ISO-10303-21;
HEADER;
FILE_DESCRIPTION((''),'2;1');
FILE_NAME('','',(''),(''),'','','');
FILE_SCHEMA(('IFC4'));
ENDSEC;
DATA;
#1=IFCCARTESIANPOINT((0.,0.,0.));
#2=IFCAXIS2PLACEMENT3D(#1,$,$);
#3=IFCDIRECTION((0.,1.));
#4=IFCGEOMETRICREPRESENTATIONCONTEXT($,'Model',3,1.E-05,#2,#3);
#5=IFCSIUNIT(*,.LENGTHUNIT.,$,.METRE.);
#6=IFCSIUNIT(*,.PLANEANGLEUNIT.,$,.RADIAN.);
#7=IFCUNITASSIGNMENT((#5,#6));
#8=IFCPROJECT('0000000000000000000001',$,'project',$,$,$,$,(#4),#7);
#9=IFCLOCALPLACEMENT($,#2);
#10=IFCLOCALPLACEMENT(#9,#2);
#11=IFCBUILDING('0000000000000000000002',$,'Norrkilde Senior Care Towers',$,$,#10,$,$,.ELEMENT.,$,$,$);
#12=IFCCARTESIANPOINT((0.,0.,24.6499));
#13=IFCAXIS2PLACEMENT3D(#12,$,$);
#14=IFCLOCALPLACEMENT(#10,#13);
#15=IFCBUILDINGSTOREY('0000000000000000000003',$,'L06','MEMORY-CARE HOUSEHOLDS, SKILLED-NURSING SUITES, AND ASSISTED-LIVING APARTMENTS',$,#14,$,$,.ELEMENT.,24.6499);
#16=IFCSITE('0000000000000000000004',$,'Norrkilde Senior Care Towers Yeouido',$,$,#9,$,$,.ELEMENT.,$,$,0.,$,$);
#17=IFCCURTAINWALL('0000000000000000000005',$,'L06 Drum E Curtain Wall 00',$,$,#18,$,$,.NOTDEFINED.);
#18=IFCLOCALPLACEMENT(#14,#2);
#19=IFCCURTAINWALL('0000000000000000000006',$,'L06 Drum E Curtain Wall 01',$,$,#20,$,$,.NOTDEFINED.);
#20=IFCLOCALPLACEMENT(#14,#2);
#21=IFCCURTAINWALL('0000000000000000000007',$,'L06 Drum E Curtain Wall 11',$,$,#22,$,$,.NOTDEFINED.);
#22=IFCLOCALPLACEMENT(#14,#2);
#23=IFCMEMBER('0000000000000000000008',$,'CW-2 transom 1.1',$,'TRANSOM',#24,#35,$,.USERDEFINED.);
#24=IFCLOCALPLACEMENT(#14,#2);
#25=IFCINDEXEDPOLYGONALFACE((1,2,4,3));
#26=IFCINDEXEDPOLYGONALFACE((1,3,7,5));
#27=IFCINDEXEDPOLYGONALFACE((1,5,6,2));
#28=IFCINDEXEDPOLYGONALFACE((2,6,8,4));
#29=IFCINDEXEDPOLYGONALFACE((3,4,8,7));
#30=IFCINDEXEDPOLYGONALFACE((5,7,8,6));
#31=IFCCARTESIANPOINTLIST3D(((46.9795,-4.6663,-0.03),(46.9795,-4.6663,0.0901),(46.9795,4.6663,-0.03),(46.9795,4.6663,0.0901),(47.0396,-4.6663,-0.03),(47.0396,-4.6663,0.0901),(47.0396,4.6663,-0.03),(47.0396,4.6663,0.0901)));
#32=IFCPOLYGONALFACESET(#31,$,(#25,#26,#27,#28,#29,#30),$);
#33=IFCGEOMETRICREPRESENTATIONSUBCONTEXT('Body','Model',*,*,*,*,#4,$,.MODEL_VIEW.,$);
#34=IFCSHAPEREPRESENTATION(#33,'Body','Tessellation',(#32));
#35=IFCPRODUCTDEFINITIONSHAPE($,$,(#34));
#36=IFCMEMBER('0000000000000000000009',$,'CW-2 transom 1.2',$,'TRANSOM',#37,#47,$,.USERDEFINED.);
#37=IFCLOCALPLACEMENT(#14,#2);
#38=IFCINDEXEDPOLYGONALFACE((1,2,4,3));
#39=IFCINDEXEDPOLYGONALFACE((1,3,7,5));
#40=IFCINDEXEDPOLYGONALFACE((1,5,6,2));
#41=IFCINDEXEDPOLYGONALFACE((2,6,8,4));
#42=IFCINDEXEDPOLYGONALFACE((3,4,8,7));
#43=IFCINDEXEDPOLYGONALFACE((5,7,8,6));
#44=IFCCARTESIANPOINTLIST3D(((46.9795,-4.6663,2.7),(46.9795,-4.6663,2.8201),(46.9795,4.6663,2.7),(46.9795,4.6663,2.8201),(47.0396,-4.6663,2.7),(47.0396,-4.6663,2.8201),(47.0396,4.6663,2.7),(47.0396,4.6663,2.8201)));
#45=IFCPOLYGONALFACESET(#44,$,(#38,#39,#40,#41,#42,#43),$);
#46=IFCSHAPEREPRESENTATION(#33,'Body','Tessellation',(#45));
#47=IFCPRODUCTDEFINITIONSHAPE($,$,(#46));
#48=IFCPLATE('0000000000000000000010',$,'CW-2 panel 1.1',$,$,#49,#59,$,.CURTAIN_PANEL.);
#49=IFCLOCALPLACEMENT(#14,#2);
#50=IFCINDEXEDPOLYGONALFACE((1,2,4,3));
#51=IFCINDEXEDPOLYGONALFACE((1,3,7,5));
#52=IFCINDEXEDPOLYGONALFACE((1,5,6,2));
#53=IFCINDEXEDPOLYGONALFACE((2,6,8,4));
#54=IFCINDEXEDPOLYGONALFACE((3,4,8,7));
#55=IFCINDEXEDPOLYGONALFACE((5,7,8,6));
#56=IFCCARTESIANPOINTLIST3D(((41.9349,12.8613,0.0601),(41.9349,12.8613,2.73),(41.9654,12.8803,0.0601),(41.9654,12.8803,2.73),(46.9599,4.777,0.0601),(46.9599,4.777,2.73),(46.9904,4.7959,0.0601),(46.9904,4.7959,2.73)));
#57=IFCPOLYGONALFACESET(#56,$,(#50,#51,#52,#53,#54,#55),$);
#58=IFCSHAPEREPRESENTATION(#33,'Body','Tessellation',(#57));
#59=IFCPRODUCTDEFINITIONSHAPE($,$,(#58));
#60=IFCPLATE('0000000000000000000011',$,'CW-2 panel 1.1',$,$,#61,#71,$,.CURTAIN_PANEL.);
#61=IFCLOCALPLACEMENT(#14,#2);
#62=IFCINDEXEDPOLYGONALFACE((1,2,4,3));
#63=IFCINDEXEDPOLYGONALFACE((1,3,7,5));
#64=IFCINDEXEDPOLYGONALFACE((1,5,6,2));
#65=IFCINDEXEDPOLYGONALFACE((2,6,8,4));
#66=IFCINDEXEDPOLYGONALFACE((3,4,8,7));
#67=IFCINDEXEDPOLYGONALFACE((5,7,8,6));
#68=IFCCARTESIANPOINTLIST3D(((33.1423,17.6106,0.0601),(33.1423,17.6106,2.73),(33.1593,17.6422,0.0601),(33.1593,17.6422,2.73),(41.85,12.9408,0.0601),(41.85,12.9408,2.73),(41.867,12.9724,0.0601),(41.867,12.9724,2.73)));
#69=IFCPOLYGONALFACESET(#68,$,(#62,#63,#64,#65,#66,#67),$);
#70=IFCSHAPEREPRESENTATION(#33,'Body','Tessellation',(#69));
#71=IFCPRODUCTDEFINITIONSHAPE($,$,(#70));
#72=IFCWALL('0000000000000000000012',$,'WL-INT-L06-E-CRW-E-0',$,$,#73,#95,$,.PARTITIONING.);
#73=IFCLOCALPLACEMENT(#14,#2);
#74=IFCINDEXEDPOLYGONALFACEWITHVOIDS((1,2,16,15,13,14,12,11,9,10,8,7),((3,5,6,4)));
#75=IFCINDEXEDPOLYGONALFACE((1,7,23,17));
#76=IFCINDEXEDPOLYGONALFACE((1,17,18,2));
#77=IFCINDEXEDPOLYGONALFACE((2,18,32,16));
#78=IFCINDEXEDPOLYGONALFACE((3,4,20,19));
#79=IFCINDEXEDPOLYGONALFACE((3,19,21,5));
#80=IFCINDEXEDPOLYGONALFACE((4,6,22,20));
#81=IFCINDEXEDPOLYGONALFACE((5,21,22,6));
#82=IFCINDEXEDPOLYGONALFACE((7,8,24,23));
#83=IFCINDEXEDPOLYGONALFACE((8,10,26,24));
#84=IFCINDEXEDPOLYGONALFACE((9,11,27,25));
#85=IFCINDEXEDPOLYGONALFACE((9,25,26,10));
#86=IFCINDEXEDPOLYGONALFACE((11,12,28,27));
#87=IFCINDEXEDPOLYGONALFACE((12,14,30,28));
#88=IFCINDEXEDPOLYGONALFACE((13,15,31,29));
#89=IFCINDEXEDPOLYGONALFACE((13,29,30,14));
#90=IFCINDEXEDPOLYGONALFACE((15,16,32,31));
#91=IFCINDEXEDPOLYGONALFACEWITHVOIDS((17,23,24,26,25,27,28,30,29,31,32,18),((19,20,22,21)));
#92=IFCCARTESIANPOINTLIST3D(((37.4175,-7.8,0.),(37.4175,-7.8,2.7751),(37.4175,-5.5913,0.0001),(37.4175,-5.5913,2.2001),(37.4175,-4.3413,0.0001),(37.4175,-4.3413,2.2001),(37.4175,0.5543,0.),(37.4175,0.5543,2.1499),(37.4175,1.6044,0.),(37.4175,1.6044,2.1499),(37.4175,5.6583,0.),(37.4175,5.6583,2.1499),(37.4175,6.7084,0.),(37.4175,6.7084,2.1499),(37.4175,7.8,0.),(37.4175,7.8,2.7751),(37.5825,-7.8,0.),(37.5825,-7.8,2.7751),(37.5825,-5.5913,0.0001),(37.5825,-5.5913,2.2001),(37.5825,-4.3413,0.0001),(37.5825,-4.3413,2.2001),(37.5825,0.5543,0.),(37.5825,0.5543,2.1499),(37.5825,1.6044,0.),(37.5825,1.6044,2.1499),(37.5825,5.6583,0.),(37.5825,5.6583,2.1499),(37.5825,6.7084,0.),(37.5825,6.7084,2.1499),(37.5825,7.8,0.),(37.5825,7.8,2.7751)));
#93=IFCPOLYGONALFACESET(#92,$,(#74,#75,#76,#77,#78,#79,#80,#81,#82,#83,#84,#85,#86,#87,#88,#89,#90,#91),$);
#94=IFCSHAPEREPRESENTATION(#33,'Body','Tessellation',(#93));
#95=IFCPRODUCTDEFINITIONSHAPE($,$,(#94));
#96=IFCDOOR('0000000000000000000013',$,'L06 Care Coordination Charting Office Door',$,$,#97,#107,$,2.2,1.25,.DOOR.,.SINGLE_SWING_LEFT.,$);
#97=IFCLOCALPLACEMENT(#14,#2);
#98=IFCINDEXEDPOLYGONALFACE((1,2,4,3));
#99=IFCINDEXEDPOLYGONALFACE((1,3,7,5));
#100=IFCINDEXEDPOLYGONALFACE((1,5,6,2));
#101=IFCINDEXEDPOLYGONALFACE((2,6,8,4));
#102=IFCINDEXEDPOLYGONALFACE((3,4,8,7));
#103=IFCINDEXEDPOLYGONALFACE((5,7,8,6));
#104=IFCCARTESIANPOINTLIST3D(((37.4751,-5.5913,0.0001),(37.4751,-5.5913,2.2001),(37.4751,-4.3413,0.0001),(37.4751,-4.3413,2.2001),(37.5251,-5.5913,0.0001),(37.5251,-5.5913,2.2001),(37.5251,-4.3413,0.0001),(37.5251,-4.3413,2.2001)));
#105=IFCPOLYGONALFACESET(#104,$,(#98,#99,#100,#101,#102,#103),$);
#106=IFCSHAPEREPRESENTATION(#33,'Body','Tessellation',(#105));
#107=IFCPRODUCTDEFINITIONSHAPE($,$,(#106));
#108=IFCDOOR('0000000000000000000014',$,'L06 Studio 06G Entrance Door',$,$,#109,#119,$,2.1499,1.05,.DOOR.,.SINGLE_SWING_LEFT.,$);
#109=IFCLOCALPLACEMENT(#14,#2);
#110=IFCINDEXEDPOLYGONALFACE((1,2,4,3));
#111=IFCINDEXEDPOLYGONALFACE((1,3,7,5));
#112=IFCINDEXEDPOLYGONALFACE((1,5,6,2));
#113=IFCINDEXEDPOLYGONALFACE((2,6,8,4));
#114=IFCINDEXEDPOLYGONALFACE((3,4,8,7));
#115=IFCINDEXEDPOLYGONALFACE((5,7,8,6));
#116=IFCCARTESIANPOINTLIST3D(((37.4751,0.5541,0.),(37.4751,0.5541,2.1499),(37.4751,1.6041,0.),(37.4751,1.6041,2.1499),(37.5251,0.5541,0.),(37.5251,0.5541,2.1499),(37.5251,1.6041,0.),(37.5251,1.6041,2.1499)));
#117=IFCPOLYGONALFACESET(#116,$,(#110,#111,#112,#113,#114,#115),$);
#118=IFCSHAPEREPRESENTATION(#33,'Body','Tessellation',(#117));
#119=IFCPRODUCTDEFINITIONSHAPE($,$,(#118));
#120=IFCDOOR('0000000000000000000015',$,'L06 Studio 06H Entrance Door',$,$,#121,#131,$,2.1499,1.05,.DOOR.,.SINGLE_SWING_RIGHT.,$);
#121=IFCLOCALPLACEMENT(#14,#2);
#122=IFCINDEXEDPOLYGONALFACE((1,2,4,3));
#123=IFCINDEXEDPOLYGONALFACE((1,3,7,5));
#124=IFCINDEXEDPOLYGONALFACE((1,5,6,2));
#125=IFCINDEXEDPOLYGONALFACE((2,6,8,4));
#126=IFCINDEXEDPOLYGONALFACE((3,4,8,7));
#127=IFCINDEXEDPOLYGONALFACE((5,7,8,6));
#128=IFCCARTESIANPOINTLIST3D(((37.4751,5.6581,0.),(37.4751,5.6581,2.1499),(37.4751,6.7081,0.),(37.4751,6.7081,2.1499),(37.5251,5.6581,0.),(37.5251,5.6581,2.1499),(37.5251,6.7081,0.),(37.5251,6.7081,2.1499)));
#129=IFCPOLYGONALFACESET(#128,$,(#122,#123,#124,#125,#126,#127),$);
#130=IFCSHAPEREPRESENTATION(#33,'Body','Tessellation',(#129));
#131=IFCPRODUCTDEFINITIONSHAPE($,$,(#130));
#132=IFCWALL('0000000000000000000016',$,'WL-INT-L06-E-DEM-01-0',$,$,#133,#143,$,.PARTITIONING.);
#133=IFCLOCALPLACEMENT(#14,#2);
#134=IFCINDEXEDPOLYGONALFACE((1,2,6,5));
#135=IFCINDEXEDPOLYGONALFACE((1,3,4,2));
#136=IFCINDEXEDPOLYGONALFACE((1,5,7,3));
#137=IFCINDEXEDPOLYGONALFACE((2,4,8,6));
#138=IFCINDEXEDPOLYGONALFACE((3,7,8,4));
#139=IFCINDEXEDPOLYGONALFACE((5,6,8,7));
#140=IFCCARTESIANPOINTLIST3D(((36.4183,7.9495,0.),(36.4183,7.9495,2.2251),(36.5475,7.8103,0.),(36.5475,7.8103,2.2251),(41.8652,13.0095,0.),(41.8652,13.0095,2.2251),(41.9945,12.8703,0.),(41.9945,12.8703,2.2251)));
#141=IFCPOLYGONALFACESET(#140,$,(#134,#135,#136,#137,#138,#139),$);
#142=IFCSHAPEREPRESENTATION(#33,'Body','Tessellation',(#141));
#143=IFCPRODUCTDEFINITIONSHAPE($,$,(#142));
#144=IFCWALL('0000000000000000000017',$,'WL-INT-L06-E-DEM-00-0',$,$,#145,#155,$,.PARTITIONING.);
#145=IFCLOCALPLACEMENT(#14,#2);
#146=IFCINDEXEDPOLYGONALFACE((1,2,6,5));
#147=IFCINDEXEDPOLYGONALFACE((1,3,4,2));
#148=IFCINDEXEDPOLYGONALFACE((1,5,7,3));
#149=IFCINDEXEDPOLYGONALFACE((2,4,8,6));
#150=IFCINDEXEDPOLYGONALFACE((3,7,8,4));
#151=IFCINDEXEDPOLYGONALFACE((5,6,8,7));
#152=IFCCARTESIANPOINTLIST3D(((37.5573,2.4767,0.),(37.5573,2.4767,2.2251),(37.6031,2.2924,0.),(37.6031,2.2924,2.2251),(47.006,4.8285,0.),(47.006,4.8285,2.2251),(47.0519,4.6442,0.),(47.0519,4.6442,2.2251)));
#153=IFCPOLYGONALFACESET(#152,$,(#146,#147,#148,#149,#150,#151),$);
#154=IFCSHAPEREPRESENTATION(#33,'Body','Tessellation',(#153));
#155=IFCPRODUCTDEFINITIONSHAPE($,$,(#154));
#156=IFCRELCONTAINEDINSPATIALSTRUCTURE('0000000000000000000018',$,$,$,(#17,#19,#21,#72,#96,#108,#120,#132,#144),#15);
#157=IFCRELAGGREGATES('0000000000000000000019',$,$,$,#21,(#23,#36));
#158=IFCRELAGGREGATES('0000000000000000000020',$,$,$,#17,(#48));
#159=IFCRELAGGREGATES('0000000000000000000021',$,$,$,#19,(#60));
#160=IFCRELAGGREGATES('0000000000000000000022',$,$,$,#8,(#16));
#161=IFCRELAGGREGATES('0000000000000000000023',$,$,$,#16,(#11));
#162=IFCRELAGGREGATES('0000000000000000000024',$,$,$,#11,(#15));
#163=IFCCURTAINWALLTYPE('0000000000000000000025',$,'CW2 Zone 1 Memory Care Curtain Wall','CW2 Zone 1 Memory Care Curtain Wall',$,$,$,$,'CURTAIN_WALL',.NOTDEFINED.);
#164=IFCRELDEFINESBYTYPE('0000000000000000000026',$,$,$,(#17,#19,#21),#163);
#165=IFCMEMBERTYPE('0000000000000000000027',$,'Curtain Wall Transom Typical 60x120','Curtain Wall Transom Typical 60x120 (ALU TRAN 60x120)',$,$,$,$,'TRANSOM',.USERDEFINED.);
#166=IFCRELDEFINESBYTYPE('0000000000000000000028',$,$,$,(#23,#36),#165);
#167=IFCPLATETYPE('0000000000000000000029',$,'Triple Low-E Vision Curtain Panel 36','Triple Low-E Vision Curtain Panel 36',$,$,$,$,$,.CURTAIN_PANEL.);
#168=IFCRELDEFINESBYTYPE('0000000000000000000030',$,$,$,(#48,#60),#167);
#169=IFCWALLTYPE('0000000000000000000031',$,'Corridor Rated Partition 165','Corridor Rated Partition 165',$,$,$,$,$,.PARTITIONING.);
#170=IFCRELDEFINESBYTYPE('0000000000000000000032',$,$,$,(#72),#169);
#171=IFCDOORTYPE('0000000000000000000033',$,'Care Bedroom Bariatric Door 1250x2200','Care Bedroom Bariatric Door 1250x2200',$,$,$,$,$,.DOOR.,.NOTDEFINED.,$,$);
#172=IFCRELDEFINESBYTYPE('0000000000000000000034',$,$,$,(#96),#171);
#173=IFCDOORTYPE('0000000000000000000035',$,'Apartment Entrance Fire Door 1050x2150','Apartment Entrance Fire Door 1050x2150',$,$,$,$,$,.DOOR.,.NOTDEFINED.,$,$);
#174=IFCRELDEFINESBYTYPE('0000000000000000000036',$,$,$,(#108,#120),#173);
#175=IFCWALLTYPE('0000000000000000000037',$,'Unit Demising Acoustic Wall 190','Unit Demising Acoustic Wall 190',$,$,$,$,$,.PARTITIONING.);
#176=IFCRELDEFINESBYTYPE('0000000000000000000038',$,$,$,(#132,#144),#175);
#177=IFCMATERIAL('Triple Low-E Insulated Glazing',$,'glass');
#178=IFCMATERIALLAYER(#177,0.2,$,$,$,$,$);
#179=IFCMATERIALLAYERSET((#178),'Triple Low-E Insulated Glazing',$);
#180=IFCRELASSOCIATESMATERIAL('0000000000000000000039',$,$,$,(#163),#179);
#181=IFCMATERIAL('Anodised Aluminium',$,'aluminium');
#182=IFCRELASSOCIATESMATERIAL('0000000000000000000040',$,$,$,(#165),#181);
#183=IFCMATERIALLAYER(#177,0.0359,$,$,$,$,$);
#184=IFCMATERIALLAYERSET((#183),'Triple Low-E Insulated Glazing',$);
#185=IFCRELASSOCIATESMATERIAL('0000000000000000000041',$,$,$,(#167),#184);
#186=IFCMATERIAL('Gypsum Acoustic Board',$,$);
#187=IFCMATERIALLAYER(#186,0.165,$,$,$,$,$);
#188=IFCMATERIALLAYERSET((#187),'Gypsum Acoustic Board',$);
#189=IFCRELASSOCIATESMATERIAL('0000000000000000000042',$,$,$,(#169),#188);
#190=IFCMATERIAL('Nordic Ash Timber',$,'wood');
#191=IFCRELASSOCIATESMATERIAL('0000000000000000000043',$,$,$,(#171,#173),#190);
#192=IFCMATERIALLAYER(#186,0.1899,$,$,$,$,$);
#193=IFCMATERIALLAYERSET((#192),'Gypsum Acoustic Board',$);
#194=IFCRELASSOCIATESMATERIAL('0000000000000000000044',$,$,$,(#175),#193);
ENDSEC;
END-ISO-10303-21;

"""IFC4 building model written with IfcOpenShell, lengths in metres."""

from ifc_helpers import new_model, si_unit, direction, frame, frame_2d, origin, origin_2d, place, context, subcontext, project, spatial, rectangle, extrude, source, transform, mapped, material, layer, layer_set, material_profile, profile_set, type_object, type_shapes, element, fill, aggregate, save


model = new_model("IFC4")

# Units and contexts
model_context = context("Model", 3, precision=1e-05, world=origin(), true_north=direction((0.0, 1.0)))
body_context = subcontext(model_context, "Body", "Model", "MODEL_VIEW")
ifc_project = project(units=[si_unit("LENGTHUNIT", "METRE"), si_unit("PLANEANGLEUNIT", "RADIAN")], contexts=[model_context])

# Site, building, storey
site_placement = place(None, origin())
site = spatial("IfcSite", under=ifc_project, at=site_placement, Name="Norrkilde Senior Care Towers Yeouido", CompositionType="ELEMENT", RefElevation=0.0)
building_placement = place(site_placement, origin())
building = spatial("IfcBuilding", under=site, at=building_placement, Name="Norrkilde Senior Care Towers", CompositionType="ELEMENT")
storey_placement = place(building_placement, frame((0.0, 0.0, 24.6499)))
storey = spatial("IfcBuildingStorey", under=building, at=storey_placement, Name="L06", Description="MEMORY-CARE HOUSEHOLDS, SKILLED-NURSING SUITES, AND ASSISTED-LIVING APARTMENTS", CompositionType="ELEMENT", Elevation=24.6499)

# Curtain wall
ifc_material_1 = material(Name="Triple Low-E Insulated Glazing", Category="glass")
ifc_layer_1 = layer(ifc_material_1, 0.2)
ifc_layer_set_1 = layer_set([ifc_layer_1], Name="Triple Low-E Insulated Glazing")
curtain_wall_type = type_object("IfcCurtainWallType", Name="CW2 Zone 1 Memory Care Curtain Wall", Description="CW2 Zone 1 Memory Care Curtain Wall", ElementType="CURTAIN_WALL", PredefinedType="NOTDEFINED", material=ifc_layer_set_1)
curtain_wall_1_placement = place(storey_placement, origin())
curtain_wall_1 = element("IfcCurtainWall", 1, at=curtain_wall_1_placement, inside=storey, type_object=curtain_wall_type, Name="L06 Drum E Curtain Wall 00", PredefinedType="NOTDEFINED")
ifc_material_2 = material(Name="Anodised Aluminium", Category="aluminium")

# Curtain walls
curtain_wall_2_placement = place(storey_placement, origin())
curtain_wall_2 = element("IfcCurtainWall", 2, at=curtain_wall_2_placement, inside=storey, type_object=curtain_wall_type, Name="L06 Drum E Curtain Wall 01", PredefinedType="NOTDEFINED")
curtain_wall_3_placement = place(storey_placement, origin())
curtain_wall_3 = element("IfcCurtainWall", 3, at=curtain_wall_3_placement, inside=storey, type_object=curtain_wall_type, Name="L06 Drum E Curtain Wall 11", PredefinedType="NOTDEFINED")

# Members
ifc_material_profile_1 = material_profile(ifc_material_2, rectangle(XDim=0.0601, YDim=0.1201, at=origin_2d()), Name="ALU TRAN 60x120")
ifc_profile_set_1 = profile_set([ifc_material_profile_1], Name="Anodised Aluminium")
member_type_1 = type_object("IfcMemberType", Name="Curtain Wall Transom Typical 60x120", Description="Curtain Wall Transom Typical 60x120 (ALU TRAN 60x120)", ElementType="TRANSOM", PredefinedType="USERDEFINED", material=ifc_profile_set_1)
shared_shape_1 = source(origin(), body_context, "Body", "SweptSolid", [
    extrude(rectangle(XDim=0.0601, YDim=0.1201, at=origin_2d()), origin(), (0.0, 0.0, 1.0), 9.3325),
])
member_1_placement = place(storey_placement, frame((47.0095, 4.6663, 0.03), z_axis=(0.0, -1.0, 0.0), x_axis=(1.0, 0.0, 0.0)))
member_1 = element("IfcMember", 4, at=member_1_placement, type_object=member_type_1, Name="CW-2 transom 1.1", ObjectType="TRANSOM", PredefinedType="USERDEFINED", context=body_context, shape_type="MappedRepresentation", body=[
    mapped(shared_shape_1, transform((0.0, 0.0, 0.0), x_axis=(1.0, 0.0, 0.0), y_axis=(0.0, 1.0, 0.0), z_axis=(0.0, 0.0, 1.0), scale=1.0)),
])
member_2_placement = place(storey_placement, frame((47.0095, 4.6663, 2.76), z_axis=(0.0, -1.0, 0.0), x_axis=(1.0, 0.0, 0.0)))
member_2 = element("IfcMember", 5, at=member_2_placement, type_object=member_type_1, Name="CW-2 transom 1.2", ObjectType="TRANSOM", PredefinedType="USERDEFINED", context=body_context, shape_type="MappedRepresentation", body=[
    mapped(shared_shape_1, transform((0.0, 0.0, 0.0), x_axis=(1.0, 0.0, 0.0), y_axis=(0.0, 1.0, 0.0), z_axis=(0.0, 0.0, 1.0), scale=1.0)),
])
aggregate(curtain_wall_3, [member_1, member_2])

# Plates
ifc_layer_2 = layer(ifc_material_1, 0.0359)
ifc_layer_set_2 = layer_set([ifc_layer_2], Name="Triple Low-E Insulated Glazing")
plate_type = type_object("IfcPlateType", Name="Triple Low-E Vision Curtain Panel 36", Description="Triple Low-E Vision Curtain Panel 36", PredefinedType="CURTAIN_PANEL", material=ifc_layer_set_2)
shared_shape_2 = source(origin(), body_context, "Body", "SweptSolid", [
    extrude(rectangle(XDim=9.5188, YDim=0.0359, at=origin_2d()), origin(), (0.0, 0.0, 1.0), 2.6699),
])
plate_1_placement = place(storey_placement, frame((44.4626, 8.8286, 0.0601), z_axis=(0.0, 0.0, 1.0), x_axis=(0.527901, -0.849306, 0.0)))
plate_1 = element("IfcPlate", 6, at=plate_1_placement, type_object=plate_type, Name="CW-2 panel 1.1", PredefinedType="CURTAIN_PANEL", context=body_context, shape_type="MappedRepresentation", body=[
    mapped(shared_shape_2, transform((0.0, 0.0, 0.0), x_axis=(1.0, 0.0, 0.0), y_axis=(0.0, 1.0, 0.0), z_axis=(0.0, 0.0, 1.0), scale=1.0)),
])
aggregate(curtain_wall_1, [plate_1])
shared_shape_3 = source(origin(), body_context, "Body", "SweptSolid", [
    extrude(rectangle(XDim=9.8809, YDim=0.0359, at=origin_2d()), origin(), (0.0, 0.0, 1.0), 2.6699),
])
type_shapes(plate_type, [shared_shape_2, shared_shape_3])
plate_2_placement = place(storey_placement, frame((37.5046, 15.2915, 0.0601), z_axis=(0.0, 0.0, 1.0), x_axis=(0.881273, -0.472608, 0.0)))
plate_2 = element("IfcPlate", 7, at=plate_2_placement, type_object=plate_type, Name="CW-2 panel 1.1", PredefinedType="CURTAIN_PANEL", context=body_context, shape_type="MappedRepresentation", body=[
    mapped(shared_shape_3, transform((0.0, 0.0, 0.0), x_axis=(1.0, 0.0, 0.0), y_axis=(0.0, 1.0, 0.0), z_axis=(0.0, 0.0, 1.0), scale=1.0)),
])
aggregate(curtain_wall_2, [plate_2])

# Wall, openings, doors
ifc_material_3 = material(Name="Gypsum Acoustic Board")
ifc_layer_3 = layer(ifc_material_3, 0.165)
ifc_layer_set_3 = layer_set([ifc_layer_3], Name="Gypsum Acoustic Board")
wall_type_1 = type_object("IfcWallType", Name="Corridor Rated Partition 165", Description="Corridor Rated Partition 165", PredefinedType="PARTITIONING", material=ifc_layer_set_3)
shared_shape_4 = source(origin(), body_context, "Body", "SweptSolid", [
    extrude(rectangle(XDim=15.6001, YDim=0.165, at=frame_2d((7.8, 0.0))), origin(), (0.0, 0.0, 1.0), 2.7751),
])
type_shapes(wall_type_1, [shared_shape_4])
wall_1_placement = place(storey_placement, frame((37.5, 7.8, 0.0), z_axis=(0.0, 0.0, 1.0), x_axis=(0.0, -1.0, 0.0)))
wall_1 = element("IfcWall", 8, at=wall_1_placement, inside=storey, type_object=wall_type_1, Name="WL-INT-L06-E-CRW-E-0", PredefinedType="PARTITIONING", context=body_context, shape_type="MappedRepresentation", body=[
    mapped(shared_shape_4, transform((0.0, 0.0, 0.0), x_axis=(1.0, 0.0, 0.0), y_axis=(0.0, 1.0, 0.0), z_axis=(0.0, 0.0, 1.0), scale=1.0)),
])
opening_1_placement = place(wall_1_placement, frame((12.1414, 0.0, 0.0)))
opening_1 = element("IfcOpeningElement", 9, at=opening_1_placement, cuts=wall_1, PredefinedType="OPENING", context=body_context, shape_type="SweptSolid", body=[
    extrude(rectangle(XDim=1.25, YDim=2.2, at=frame_2d((0.625, 1.1001))), frame((0.0, 0.0925, 0.0), z_axis=(0.0, -1.0, 0.0), x_axis=(1.0, 0.0, 0.0)), (0.0, 0.0, 1.0), 0.1851),
])
opening_2_placement = place(wall_1_placement, frame((6.1958, 0.0, 0.0)))
opening_2 = element("IfcOpeningElement", 10, at=opening_2_placement, cuts=wall_1, PredefinedType="OPENING", context=body_context, shape_type="SweptSolid", body=[
    extrude(rectangle(XDim=1.05, YDim=2.1499, at=frame_2d((0.5249, 1.075))), frame((0.0, 0.0925, 0.0), z_axis=(0.0, -1.0, 0.0), x_axis=(1.0, 0.0, 0.0)), (0.0, 0.0, 1.0), 0.1851),
])
opening_3_placement = place(wall_1_placement, frame((1.0918, 0.0, 0.0)))
opening_3 = element("IfcOpeningElement", 11, at=opening_3_placement, cuts=wall_1, PredefinedType="OPENING", context=body_context, shape_type="SweptSolid", body=[
    extrude(rectangle(XDim=1.05, YDim=2.1499, at=frame_2d((0.5249, 1.075))), frame((0.0, 0.0925, 0.0), z_axis=(0.0, -1.0, 0.0), x_axis=(1.0, 0.0, 0.0)), (0.0, 0.0, 1.0), 0.1851),
])
ifc_material_4 = material(Name="Nordic Ash Timber", Category="wood")
door_type_1 = type_object("IfcDoorType", Name="Care Bedroom Bariatric Door 1250x2200", Description="Care Bedroom Bariatric Door 1250x2200", OperationType="NOTDEFINED", PredefinedType="DOOR", material=ifc_material_4)
shared_shape_5 = source(origin(), body_context, "Body", "SweptSolid", [
    extrude(rectangle(XDim=1.25, YDim=2.2, at=frame_2d((0.625, 1.1001))), frame((0.0, 0.0249, 0.0), z_axis=(0.0, -1.0, 0.0), x_axis=(1.0, 0.0, 0.0)), (0.0, 0.0, 1.0), 0.05),
])
type_shapes(door_type_1, [shared_shape_5])
door_1_placement = place(opening_1_placement, frame((1.25, 0.0, 0.0), z_axis=(0.0, 0.0, 1.0), x_axis=(-1.0, 0.0, 0.0)))
door_1 = element("IfcDoor", 12, at=door_1_placement, inside=storey, type_object=door_type_1, Name="L06 Care Coordination Charting Office Door", OperationType="SINGLE_SWING_LEFT", OverallHeight=2.2, OverallWidth=1.25, PredefinedType="DOOR", context=body_context, shape_type="MappedRepresentation", body=[
    mapped(shared_shape_5, transform((0.0, 0.0, 0.0), x_axis=(1.0, 0.0, 0.0), y_axis=(0.0, 1.0, 0.0), z_axis=(0.0, 0.0, 1.0), scale=1.0)),
])
fill(opening_1, door_1)
door_type_2 = type_object("IfcDoorType", Name="Apartment Entrance Fire Door 1050x2150", Description="Apartment Entrance Fire Door 1050x2150", OperationType="NOTDEFINED", PredefinedType="DOOR", material=ifc_material_4)
shared_shape_6 = source(origin(), body_context, "Body", "SweptSolid", [
    extrude(rectangle(XDim=1.05, YDim=2.1499, at=frame_2d((0.5249, 1.075))), frame((0.0, 0.0249, 0.0), z_axis=(0.0, -1.0, 0.0), x_axis=(1.0, 0.0, 0.0)), (0.0, 0.0, 1.0), 0.05),
])
type_shapes(door_type_2, [shared_shape_6])
door_2_placement = place(opening_2_placement, frame((1.05, 0.0, 0.0), z_axis=(0.0, 0.0, 1.0), x_axis=(-1.0, 0.0, 0.0)))
door_2 = element("IfcDoor", 13, at=door_2_placement, inside=storey, type_object=door_type_2, Name="L06 Studio 06G Entrance Door", OperationType="SINGLE_SWING_LEFT", OverallHeight=2.1499, OverallWidth=1.05, PredefinedType="DOOR", context=body_context, shape_type="MappedRepresentation", body=[
    mapped(shared_shape_6, transform((0.0, 0.0, 0.0), x_axis=(1.0, 0.0, 0.0), y_axis=(0.0, 1.0, 0.0), z_axis=(0.0, 0.0, 1.0), scale=1.0)),
])
fill(opening_2, door_2)
door_3_placement = place(opening_3_placement, frame((1.05, 0.0, 0.0), z_axis=(0.0, 0.0, 1.0), x_axis=(-1.0, 0.0, 0.0)))
door_3 = element("IfcDoor", 14, at=door_3_placement, inside=storey, type_object=door_type_2, Name="L06 Studio 06H Entrance Door", OperationType="SINGLE_SWING_RIGHT", OverallHeight=2.1499, OverallWidth=1.05, PredefinedType="DOOR", context=body_context, shape_type="MappedRepresentation", body=[
    mapped(shared_shape_6, transform((0.0, 0.0, 0.0), x_axis=(1.0, 0.0, 0.0), y_axis=(0.0, 1.0, 0.0), z_axis=(0.0, 0.0, 1.0), scale=1.0)),
])
fill(opening_3, door_3)

# Walls
ifc_layer_4 = layer(ifc_material_3, 0.1899)
ifc_layer_set_4 = layer_set([ifc_layer_4], Name="Gypsum Acoustic Board")
wall_type_2 = type_object("IfcWallType", Name="Unit Demising Acoustic Wall 190", Description="Unit Demising Acoustic Wall 190", PredefinedType="PARTITIONING", material=ifc_layer_set_4)
shared_shape_7 = source(origin(), body_context, "Body", "SweptSolid", [
    extrude(rectangle(XDim=7.4346, YDim=0.1899, at=frame_2d((3.7173, 0.0))), origin(), (0.0, 0.0, 1.0), 2.2251),
])
wall_2_placement = place(storey_placement, frame((36.4829, 7.8799, 0.0), z_axis=(0.0, 0.0, 1.0), x_axis=(0.732652, 0.680603, 0.0)))
element("IfcWall", 15, at=wall_2_placement, inside=storey, type_object=wall_type_2, Name="WL-INT-L06-E-DEM-01-0", PredefinedType="PARTITIONING", context=body_context, shape_type="MappedRepresentation", body=[
    mapped(shared_shape_7, transform((0.0, 0.0, 0.0), x_axis=(1.0, 0.0, 0.0), y_axis=(0.0, 1.0, 0.0), z_axis=(0.0, 0.0, 1.0), scale=1.0)),
])
shared_shape_8 = source(origin(), body_context, "Body", "SweptSolid", [
    extrude(rectangle(XDim=9.7371, YDim=0.1899, at=frame_2d((4.8687, 0.0))), origin(), (0.0, 0.0, 1.0), 2.2251),
])
type_shapes(wall_type_2, [shared_shape_7, shared_shape_8])
wall_3_placement = place(storey_placement, frame((37.5801, 2.3845, 0.0), z_axis=(0.0, 0.0, 1.0), x_axis=(0.970393, 0.241533, 0.0)))
element("IfcWall", 16, at=wall_3_placement, inside=storey, type_object=wall_type_2, Name="WL-INT-L06-E-DEM-00-0", PredefinedType="PARTITIONING", context=body_context, shape_type="MappedRepresentation", body=[
    mapped(shared_shape_8, transform((0.0, 0.0, 0.0), x_axis=(1.0, 0.0, 0.0), y_axis=(0.0, 1.0, 0.0), z_axis=(0.0, 0.0, 1.0), scale=1.0)),
])

save(model, "model.ifc")
